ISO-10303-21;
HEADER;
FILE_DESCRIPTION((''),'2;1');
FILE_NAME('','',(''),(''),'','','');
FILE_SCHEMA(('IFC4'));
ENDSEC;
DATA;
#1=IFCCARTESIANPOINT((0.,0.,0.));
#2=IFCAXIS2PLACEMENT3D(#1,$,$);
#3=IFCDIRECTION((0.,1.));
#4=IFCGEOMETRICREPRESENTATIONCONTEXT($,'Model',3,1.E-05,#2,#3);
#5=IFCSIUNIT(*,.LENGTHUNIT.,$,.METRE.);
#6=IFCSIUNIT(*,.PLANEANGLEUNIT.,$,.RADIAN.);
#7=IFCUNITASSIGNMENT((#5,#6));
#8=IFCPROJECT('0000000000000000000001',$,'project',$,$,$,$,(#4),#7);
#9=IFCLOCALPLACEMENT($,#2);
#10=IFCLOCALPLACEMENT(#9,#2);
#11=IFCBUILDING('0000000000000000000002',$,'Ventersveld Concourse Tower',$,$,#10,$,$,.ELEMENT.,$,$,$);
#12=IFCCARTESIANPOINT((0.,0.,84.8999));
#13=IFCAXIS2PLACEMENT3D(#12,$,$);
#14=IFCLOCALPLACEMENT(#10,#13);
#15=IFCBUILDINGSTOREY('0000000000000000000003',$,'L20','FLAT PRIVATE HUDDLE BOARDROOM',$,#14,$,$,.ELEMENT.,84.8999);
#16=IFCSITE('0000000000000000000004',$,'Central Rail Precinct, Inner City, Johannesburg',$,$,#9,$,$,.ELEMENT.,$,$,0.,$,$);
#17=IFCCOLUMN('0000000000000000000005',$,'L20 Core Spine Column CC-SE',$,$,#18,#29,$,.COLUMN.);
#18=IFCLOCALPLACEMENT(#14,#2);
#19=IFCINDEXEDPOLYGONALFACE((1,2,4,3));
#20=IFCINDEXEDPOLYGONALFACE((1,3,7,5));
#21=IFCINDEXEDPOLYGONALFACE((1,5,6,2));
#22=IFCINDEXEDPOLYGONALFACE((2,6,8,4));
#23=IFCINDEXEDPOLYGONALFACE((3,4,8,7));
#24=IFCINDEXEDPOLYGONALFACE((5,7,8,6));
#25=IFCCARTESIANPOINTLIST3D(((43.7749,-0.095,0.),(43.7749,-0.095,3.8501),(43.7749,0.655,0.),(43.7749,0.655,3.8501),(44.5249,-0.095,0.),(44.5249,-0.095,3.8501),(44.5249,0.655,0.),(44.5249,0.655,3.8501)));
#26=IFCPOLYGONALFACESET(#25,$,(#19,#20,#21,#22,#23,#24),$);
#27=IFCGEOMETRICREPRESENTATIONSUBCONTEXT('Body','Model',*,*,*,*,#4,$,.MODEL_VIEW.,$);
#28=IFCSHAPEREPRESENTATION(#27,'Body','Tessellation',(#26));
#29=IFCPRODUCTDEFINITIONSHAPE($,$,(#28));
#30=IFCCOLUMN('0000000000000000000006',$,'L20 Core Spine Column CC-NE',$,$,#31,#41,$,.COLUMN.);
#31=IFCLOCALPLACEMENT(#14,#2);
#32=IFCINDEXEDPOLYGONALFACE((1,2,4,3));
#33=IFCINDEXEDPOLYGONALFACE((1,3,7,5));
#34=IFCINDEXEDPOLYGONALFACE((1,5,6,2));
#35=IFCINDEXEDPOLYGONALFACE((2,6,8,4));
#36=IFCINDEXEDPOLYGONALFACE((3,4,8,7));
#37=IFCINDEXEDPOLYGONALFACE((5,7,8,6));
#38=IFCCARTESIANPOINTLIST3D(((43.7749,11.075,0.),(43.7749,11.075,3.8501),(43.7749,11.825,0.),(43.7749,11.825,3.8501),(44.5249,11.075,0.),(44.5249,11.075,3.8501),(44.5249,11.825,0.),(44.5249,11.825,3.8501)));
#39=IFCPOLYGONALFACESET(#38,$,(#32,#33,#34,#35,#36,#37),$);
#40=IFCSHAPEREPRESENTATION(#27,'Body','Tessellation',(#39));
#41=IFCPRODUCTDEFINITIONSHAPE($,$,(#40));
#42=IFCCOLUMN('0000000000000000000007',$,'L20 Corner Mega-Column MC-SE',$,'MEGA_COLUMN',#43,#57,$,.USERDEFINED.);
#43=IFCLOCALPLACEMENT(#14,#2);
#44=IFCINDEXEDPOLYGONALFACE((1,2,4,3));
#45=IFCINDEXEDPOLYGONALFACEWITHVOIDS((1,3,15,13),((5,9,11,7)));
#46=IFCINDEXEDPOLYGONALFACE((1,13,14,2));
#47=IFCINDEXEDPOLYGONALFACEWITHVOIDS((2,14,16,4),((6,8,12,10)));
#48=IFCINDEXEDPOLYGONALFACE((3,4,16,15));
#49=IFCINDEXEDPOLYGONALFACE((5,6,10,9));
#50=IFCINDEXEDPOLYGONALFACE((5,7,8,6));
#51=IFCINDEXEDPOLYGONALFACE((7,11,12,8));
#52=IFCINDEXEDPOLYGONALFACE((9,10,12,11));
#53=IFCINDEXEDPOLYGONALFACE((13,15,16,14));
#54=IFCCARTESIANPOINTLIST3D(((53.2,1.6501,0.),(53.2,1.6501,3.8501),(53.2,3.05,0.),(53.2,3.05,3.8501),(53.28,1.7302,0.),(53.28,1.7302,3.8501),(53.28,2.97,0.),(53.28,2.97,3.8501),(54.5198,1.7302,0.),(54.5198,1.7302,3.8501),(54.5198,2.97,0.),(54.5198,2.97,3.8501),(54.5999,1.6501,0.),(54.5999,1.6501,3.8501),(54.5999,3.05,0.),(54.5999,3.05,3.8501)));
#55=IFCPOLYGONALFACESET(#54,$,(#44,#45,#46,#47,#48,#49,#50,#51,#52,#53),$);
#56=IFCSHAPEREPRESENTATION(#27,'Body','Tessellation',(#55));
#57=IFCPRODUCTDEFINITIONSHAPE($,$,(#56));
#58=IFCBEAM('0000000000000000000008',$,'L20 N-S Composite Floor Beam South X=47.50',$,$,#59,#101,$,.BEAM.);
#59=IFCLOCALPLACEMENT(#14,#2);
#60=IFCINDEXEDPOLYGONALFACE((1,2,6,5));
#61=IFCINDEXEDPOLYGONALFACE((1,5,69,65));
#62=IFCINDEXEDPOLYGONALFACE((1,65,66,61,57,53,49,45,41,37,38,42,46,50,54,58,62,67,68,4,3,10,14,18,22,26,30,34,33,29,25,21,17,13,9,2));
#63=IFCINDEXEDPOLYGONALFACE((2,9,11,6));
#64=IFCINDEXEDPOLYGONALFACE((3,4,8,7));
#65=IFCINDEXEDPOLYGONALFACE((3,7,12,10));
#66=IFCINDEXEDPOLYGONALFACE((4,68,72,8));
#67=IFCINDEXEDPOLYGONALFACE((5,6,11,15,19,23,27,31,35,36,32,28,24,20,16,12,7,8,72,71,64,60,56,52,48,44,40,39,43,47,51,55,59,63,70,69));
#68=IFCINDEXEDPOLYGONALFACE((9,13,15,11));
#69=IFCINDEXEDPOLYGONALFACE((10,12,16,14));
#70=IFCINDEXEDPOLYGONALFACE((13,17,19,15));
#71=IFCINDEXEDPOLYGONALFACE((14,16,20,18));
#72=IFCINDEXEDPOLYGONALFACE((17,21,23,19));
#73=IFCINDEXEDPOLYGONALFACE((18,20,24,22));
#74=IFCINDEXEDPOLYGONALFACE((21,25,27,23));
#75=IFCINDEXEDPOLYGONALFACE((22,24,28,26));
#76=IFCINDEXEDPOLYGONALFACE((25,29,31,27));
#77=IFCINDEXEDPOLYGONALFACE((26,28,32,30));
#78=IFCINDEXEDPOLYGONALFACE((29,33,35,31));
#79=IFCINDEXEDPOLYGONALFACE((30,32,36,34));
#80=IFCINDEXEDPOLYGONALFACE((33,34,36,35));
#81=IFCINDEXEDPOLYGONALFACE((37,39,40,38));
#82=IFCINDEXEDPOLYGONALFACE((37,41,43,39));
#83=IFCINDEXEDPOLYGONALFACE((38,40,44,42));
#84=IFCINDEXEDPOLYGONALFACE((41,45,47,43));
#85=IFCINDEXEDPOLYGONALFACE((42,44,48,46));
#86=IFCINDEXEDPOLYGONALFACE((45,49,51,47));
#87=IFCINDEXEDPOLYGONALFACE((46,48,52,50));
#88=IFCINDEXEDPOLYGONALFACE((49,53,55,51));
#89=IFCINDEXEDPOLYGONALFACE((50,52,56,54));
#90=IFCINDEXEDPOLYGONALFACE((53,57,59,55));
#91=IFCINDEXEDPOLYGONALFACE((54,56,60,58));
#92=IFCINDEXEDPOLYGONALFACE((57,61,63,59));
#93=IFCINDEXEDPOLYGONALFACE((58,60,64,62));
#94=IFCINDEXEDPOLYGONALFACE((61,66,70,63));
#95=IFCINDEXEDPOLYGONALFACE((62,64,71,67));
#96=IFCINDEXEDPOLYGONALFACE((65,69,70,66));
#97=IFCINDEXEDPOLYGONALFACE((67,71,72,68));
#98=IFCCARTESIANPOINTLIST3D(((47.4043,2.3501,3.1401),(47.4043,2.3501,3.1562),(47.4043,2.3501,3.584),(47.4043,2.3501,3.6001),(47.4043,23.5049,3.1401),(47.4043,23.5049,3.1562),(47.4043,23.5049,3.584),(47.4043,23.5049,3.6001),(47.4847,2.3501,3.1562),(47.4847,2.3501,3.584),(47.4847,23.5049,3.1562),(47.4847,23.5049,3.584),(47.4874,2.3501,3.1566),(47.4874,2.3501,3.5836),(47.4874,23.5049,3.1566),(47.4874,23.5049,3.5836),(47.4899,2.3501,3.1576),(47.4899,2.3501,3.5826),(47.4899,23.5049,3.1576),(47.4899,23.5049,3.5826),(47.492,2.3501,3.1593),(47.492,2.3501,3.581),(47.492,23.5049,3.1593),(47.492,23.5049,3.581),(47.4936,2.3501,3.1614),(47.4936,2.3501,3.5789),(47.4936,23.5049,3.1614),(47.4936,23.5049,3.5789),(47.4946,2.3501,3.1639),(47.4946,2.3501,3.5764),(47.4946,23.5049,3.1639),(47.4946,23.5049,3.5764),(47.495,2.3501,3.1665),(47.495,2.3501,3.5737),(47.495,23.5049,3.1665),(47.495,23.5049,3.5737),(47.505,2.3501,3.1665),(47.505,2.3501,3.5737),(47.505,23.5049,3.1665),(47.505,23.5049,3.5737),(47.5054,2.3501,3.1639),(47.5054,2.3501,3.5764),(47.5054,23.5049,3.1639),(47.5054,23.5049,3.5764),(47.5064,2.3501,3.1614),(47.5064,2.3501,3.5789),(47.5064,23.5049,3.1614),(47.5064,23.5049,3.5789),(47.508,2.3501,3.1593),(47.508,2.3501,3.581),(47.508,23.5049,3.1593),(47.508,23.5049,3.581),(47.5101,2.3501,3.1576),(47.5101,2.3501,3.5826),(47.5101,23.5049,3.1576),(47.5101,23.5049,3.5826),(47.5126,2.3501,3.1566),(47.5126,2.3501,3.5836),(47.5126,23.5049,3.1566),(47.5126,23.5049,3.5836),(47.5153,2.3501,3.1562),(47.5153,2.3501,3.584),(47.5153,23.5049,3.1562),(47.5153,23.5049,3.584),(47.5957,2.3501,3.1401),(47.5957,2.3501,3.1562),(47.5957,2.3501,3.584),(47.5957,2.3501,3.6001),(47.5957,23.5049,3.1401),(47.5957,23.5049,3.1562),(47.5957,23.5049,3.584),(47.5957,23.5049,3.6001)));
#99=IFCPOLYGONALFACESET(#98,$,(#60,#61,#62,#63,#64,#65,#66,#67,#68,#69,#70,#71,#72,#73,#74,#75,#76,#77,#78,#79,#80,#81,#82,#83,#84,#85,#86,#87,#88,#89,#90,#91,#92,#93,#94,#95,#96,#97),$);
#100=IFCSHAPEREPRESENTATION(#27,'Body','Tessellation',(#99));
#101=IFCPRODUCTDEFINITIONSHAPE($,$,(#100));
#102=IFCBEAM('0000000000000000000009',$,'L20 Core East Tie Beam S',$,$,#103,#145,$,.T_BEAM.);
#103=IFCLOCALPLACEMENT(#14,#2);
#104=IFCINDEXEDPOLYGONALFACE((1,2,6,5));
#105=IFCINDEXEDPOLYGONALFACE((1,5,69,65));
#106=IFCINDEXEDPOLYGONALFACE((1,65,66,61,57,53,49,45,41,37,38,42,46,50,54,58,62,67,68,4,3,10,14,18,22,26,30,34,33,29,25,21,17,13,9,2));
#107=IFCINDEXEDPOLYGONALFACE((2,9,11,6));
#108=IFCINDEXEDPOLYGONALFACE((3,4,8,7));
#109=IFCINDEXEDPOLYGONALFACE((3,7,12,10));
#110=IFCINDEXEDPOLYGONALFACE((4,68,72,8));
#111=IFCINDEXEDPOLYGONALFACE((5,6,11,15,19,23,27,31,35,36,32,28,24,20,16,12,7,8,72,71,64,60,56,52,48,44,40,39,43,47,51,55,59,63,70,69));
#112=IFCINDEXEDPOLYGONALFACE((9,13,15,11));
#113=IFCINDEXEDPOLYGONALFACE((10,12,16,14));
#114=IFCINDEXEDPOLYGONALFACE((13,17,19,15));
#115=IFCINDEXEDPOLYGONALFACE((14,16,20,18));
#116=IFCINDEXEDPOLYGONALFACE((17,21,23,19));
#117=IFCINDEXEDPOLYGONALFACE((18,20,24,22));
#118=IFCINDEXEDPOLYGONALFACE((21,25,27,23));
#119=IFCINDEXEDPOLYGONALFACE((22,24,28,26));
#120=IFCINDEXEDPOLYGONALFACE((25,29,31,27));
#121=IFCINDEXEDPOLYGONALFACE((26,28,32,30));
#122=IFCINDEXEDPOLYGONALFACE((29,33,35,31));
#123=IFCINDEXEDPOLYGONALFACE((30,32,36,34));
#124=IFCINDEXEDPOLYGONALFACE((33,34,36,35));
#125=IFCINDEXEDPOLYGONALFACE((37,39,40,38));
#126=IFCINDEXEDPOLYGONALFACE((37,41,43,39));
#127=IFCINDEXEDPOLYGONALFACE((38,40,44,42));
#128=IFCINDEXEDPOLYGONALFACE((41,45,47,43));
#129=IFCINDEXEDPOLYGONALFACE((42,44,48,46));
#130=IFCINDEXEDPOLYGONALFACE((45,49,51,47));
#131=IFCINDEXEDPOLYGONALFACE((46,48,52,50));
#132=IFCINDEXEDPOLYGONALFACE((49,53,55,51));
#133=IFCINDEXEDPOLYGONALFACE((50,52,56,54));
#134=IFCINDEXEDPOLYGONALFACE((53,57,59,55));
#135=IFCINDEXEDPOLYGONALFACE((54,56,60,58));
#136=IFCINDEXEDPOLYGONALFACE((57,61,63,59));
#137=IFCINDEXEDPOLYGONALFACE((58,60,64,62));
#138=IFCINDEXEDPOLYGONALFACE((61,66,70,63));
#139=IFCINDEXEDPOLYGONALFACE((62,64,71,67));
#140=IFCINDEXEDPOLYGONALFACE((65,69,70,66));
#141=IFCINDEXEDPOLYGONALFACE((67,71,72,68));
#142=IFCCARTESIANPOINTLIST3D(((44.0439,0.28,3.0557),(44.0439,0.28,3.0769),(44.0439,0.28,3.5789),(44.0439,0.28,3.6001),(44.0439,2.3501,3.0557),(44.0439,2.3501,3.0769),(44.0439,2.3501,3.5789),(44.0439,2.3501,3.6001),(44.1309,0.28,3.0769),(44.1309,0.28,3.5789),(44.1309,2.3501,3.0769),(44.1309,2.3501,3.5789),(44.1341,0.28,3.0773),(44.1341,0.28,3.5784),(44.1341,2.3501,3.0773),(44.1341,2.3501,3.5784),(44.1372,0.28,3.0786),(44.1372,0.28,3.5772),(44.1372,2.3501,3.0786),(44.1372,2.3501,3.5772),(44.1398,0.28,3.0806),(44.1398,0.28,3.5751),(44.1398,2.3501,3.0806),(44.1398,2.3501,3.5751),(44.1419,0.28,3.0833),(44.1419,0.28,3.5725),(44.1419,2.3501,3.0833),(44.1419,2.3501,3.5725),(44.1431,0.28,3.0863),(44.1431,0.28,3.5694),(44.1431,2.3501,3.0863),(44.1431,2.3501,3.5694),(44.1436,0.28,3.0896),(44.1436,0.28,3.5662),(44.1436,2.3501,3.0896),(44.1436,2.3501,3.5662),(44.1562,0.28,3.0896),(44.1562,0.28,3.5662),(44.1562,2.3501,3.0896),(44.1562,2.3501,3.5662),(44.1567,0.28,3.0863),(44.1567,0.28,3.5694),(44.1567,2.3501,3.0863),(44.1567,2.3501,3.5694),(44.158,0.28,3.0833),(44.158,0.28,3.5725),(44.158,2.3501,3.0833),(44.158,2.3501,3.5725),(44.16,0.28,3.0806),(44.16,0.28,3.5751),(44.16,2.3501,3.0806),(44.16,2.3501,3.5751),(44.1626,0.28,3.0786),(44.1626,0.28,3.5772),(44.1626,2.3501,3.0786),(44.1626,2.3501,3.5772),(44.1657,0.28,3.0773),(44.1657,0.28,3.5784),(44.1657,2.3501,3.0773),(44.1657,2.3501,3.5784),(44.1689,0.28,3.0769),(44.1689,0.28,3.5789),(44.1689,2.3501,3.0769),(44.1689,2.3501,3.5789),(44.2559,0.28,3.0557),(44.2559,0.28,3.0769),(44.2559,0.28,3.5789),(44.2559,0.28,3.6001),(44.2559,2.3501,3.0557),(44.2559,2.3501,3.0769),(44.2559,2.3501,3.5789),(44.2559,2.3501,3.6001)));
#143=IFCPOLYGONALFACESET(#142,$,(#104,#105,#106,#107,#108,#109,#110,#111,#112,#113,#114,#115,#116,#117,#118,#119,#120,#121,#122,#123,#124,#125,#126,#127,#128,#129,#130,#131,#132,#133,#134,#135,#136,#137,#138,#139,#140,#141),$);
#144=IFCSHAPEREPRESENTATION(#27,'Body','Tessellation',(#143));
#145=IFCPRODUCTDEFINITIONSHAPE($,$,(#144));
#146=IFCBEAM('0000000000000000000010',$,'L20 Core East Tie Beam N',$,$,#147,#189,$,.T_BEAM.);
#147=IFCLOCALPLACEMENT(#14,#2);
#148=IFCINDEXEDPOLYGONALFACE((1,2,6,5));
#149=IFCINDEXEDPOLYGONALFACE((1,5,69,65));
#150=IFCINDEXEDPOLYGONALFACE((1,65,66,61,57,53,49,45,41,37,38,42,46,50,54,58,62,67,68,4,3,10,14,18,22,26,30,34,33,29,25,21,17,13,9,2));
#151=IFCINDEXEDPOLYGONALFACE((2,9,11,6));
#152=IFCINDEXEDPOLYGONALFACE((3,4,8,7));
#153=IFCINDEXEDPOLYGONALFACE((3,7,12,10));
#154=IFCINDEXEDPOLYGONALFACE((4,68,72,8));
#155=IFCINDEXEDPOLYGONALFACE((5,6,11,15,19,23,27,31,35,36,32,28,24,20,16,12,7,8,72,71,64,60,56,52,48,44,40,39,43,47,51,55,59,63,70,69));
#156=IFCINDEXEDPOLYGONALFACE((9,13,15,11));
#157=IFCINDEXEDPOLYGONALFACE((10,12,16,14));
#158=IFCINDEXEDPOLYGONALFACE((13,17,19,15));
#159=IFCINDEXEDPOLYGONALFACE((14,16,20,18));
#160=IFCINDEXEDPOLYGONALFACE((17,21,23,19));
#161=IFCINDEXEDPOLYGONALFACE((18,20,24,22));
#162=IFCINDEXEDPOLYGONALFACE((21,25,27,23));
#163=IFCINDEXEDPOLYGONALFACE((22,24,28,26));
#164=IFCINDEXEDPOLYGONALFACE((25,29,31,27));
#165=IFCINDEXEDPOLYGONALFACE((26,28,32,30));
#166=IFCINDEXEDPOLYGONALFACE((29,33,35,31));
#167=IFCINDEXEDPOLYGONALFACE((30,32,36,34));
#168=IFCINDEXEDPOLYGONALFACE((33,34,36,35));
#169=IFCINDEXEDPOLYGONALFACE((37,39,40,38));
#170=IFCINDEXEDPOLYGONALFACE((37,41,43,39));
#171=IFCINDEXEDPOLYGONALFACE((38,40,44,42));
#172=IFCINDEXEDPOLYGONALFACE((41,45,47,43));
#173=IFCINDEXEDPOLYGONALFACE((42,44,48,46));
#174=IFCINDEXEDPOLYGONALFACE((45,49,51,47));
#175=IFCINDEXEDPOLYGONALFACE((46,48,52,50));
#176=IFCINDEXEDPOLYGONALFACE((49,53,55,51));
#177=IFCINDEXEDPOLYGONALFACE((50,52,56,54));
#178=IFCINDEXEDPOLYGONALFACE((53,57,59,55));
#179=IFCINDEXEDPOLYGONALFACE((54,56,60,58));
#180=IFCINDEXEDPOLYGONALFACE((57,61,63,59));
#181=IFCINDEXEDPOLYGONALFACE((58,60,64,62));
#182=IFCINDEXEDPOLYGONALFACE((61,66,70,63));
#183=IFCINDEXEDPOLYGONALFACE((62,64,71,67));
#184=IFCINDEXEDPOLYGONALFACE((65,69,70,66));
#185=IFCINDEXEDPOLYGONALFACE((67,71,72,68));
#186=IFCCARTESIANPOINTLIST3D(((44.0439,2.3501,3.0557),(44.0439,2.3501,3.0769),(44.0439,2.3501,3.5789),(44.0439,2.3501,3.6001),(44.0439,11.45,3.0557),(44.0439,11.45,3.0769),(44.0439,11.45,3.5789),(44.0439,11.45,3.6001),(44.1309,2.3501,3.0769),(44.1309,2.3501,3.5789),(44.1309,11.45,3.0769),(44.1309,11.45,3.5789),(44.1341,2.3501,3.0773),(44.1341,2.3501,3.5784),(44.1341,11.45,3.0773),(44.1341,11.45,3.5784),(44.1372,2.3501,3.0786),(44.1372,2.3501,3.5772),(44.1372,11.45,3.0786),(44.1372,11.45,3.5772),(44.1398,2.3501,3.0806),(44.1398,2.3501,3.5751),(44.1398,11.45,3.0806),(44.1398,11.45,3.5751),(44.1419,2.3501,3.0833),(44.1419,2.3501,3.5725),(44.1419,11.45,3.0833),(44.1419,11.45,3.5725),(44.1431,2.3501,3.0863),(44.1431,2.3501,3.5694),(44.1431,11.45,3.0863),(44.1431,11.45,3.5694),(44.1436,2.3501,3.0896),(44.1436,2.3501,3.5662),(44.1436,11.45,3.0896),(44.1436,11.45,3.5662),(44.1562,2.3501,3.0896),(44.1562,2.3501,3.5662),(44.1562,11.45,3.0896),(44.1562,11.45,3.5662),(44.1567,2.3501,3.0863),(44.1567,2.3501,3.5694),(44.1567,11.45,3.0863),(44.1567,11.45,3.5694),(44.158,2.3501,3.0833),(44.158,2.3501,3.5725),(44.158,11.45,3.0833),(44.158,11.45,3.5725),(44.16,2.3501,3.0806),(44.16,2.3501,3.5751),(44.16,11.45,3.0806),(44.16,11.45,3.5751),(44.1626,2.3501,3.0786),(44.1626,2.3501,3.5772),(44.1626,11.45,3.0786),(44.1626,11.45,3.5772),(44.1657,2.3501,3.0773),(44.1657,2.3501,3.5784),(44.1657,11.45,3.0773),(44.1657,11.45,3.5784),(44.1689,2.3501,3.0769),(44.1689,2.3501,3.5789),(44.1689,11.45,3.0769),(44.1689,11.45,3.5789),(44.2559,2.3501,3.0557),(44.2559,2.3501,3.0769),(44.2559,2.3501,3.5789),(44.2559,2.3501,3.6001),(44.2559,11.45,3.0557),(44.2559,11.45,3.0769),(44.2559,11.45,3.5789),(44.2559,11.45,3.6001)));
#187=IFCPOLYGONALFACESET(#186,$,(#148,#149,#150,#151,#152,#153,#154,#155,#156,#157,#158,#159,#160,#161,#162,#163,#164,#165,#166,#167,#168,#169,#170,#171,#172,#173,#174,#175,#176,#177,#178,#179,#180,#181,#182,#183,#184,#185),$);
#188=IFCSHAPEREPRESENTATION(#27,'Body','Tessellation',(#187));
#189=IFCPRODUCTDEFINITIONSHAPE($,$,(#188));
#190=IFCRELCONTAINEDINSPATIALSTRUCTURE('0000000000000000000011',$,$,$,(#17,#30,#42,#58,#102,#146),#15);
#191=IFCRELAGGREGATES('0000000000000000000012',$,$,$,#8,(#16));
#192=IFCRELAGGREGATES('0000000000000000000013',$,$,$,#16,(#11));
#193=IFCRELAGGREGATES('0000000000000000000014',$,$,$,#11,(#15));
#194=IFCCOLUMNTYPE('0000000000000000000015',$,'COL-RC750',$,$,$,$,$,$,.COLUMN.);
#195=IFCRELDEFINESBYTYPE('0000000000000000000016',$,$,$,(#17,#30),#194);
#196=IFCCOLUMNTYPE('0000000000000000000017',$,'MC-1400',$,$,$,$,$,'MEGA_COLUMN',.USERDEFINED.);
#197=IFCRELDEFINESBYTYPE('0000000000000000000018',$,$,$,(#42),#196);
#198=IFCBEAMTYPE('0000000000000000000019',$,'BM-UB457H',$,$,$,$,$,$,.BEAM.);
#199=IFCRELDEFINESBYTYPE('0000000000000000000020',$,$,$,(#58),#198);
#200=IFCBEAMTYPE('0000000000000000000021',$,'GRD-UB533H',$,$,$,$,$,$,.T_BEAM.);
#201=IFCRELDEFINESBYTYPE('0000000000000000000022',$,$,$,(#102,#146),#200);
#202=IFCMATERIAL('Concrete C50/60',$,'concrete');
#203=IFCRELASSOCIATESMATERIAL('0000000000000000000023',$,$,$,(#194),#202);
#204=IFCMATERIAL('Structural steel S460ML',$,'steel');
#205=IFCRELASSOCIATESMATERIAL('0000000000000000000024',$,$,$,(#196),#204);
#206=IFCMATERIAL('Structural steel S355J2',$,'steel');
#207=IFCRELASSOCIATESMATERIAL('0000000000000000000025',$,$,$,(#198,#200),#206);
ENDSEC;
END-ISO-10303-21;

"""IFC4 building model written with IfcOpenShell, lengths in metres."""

from ifc_helpers import new_model, si_unit, direction, frame, origin, origin_2d, place, context, subcontext, project, spatial, rectangle, hollow_rectangle, i_section, extrude, material, material_profile, profile_set, type_object, element, save


model = new_model("IFC4")

# Units and contexts
model_context = context("Model", 3, precision=1e-05, world=origin(), true_north=direction((0.0, 1.0)))
body_context = subcontext(model_context, "Body", "Model", "MODEL_VIEW")
ifc_project = project(units=[si_unit("LENGTHUNIT", "METRE"), si_unit("PLANEANGLEUNIT", "RADIAN")], contexts=[model_context])

# Site, building, storey
site_placement = place(None, origin())
site = spatial("IfcSite", under=ifc_project, at=site_placement, Name="Central Rail Precinct, Inner City, Johannesburg", CompositionType="ELEMENT", RefElevation=0.0)
building_placement = place(site_placement, origin())
building = spatial("IfcBuilding", under=site, at=building_placement, Name="Ventersveld Concourse Tower", CompositionType="ELEMENT")
storey_placement = place(building_placement, frame((0.0, 0.0, 84.8999)))
storey = spatial("IfcBuildingStorey", under=building, at=storey_placement, Name="L20", Description="FLAT PRIVATE HUDDLE BOARDROOM", CompositionType="ELEMENT", Elevation=84.8999)

# Columns
ifc_material_1 = material(Name="Concrete C50/60", Category="concrete")
ifc_material_profile_1 = material_profile(ifc_material_1, rectangle(XDim=0.75, YDim=0.75, at=origin_2d()), Name="RC 750x750")
ifc_profile_set_1 = profile_set([ifc_material_profile_1], Name="Concrete C50/60")
column_type_1 = type_object("IfcColumnType", Name="COL-RC750", PredefinedType="COLUMN", material=ifc_profile_set_1)
for number, where, z_axis, x_axis, name in (
    (1, (44.1499, 0.28, 0.0), (0.0, 0.0, 1.0), (1.0, 0.0, 0.0), "L20 Core Spine Column CC-SE"),
    (2, (44.1499, 11.45, 0.0), (0.0, 0.0, 1.0), (1.0, 0.0, 0.0), "L20 Core Spine Column CC-NE"),
):
    element("IfcColumn", number, at=place(storey_placement, frame(where, z_axis=z_axis, x_axis=x_axis)), inside=storey, type_object=column_type_1, Name=name, PredefinedType="COLUMN", context=body_context, shape_type="SweptSolid", body=[
        extrude(rectangle(XDim=0.75, YDim=0.75, at=origin_2d()), origin(), (0.0, 0.0, 1.0), 3.8501),
    ])
ifc_material_2 = material(Name="Structural steel S460ML", Category="steel")
ifc_material_profile_2 = material_profile(ifc_material_2, hollow_rectangle(XDim=1.3999, YDim=1.3999, WallThickness=0.0801, at=origin_2d()), Name="BOX 1400x1400x80")
ifc_profile_set_2 = profile_set([ifc_material_profile_2], Name="Structural steel S460ML")
column_type_2 = type_object("IfcColumnType", Name="MC-1400", ElementType="MEGA_COLUMN", PredefinedType="USERDEFINED", material=ifc_profile_set_2)
column_placement = place(storey_placement, frame((53.8999, 2.3501, 0.0), z_axis=(0.0, 0.0, 1.0), x_axis=(1.0, 0.0, 0.0)))
element("IfcColumn", 3, at=column_placement, inside=storey, type_object=column_type_2, Name="L20 Corner Mega-Column MC-SE", ObjectType="MEGA_COLUMN", PredefinedType="USERDEFINED", context=body_context, shape_type="SweptSolid", body=[
    extrude(hollow_rectangle(XDim=1.3999, YDim=1.3999, WallThickness=0.0801, at=origin_2d()), origin(), (0.0, 0.0, 1.0), 3.8501),
])

# Beams
ifc_material_3 = material(Name="Structural steel S355J2", Category="steel")
ifc_material_profile_3 = material_profile(ifc_material_3, i_section(OverallWidth=0.1914, OverallDepth=0.46, WebThickness=0.01, FlangeThickness=0.0161, FilletRadius=0.0103, at=origin_2d()), Name="UB 457x191x82")
ifc_profile_set_3 = profile_set([ifc_material_profile_3], Name="Structural steel S355J2")
beam_type_1 = type_object("IfcBeamType", Name="BM-UB457H", PredefinedType="BEAM", material=ifc_profile_set_3)
beam_1_placement = place(storey_placement, frame((47.5, 2.3501, 3.3701), z_axis=(0.0, 1.0, 0.0), x_axis=(-1.0, 0.0, 0.0)))
element("IfcBeam", 4, at=beam_1_placement, inside=storey, type_object=beam_type_1, Name="L20 N-S Composite Floor Beam South X=47.50", PredefinedType="BEAM", context=body_context, shape_type="SweptSolid", body=[
    extrude(i_section(OverallWidth=0.1914, OverallDepth=0.46, WebThickness=0.01, FlangeThickness=0.0161, FilletRadius=0.0103, at=origin_2d()), origin(), (0.0, 0.0, 1.0), 21.1548),
])
ifc_material_profile_4 = material_profile(ifc_material_3, i_section(OverallWidth=0.2119, OverallDepth=0.5444, WebThickness=0.0127, FlangeThickness=0.0212, FilletRadius=0.0127, at=origin_2d()), Name="UB 533x210x122")
ifc_profile_set_4 = profile_set([ifc_material_profile_4], Name="Structural steel S355J2")
beam_type_2 = type_object("IfcBeamType", Name="GRD-UB533H", PredefinedType="T_BEAM", material=ifc_profile_set_4)
beam_2_placement = place(storey_placement, frame((44.1499, 0.28, 3.3279), z_axis=(0.0, 1.0, 0.0), x_axis=(-1.0, 0.0, 0.0)))
element("IfcBeam", 5, at=beam_2_placement, inside=storey, type_object=beam_type_2, Name="L20 Core East Tie Beam S", PredefinedType="T_BEAM", context=body_context, shape_type="SweptSolid", body=[
    extrude(i_section(OverallWidth=0.2119, OverallDepth=0.5444, WebThickness=0.0127, FlangeThickness=0.0212, FilletRadius=0.0127, at=origin_2d()), origin(), (0.0, 0.0, 1.0), 2.0701),
])
beam_3_placement = place(storey_placement, frame((44.1499, 2.3501, 3.3279), z_axis=(0.0, 1.0, 0.0), x_axis=(-1.0, 0.0, 0.0)))
element("IfcBeam", 6, at=beam_3_placement, inside=storey, type_object=beam_type_2, Name="L20 Core East Tie Beam N", PredefinedType="T_BEAM", context=body_context, shape_type="SweptSolid", body=[
    extrude(i_section(OverallWidth=0.2119, OverallDepth=0.5444, WebThickness=0.0127, FlangeThickness=0.0212, FilletRadius=0.0127, at=origin_2d()), origin(), (0.0, 0.0, 1.0), 9.0999),
])

save(model, "model.ifc")
